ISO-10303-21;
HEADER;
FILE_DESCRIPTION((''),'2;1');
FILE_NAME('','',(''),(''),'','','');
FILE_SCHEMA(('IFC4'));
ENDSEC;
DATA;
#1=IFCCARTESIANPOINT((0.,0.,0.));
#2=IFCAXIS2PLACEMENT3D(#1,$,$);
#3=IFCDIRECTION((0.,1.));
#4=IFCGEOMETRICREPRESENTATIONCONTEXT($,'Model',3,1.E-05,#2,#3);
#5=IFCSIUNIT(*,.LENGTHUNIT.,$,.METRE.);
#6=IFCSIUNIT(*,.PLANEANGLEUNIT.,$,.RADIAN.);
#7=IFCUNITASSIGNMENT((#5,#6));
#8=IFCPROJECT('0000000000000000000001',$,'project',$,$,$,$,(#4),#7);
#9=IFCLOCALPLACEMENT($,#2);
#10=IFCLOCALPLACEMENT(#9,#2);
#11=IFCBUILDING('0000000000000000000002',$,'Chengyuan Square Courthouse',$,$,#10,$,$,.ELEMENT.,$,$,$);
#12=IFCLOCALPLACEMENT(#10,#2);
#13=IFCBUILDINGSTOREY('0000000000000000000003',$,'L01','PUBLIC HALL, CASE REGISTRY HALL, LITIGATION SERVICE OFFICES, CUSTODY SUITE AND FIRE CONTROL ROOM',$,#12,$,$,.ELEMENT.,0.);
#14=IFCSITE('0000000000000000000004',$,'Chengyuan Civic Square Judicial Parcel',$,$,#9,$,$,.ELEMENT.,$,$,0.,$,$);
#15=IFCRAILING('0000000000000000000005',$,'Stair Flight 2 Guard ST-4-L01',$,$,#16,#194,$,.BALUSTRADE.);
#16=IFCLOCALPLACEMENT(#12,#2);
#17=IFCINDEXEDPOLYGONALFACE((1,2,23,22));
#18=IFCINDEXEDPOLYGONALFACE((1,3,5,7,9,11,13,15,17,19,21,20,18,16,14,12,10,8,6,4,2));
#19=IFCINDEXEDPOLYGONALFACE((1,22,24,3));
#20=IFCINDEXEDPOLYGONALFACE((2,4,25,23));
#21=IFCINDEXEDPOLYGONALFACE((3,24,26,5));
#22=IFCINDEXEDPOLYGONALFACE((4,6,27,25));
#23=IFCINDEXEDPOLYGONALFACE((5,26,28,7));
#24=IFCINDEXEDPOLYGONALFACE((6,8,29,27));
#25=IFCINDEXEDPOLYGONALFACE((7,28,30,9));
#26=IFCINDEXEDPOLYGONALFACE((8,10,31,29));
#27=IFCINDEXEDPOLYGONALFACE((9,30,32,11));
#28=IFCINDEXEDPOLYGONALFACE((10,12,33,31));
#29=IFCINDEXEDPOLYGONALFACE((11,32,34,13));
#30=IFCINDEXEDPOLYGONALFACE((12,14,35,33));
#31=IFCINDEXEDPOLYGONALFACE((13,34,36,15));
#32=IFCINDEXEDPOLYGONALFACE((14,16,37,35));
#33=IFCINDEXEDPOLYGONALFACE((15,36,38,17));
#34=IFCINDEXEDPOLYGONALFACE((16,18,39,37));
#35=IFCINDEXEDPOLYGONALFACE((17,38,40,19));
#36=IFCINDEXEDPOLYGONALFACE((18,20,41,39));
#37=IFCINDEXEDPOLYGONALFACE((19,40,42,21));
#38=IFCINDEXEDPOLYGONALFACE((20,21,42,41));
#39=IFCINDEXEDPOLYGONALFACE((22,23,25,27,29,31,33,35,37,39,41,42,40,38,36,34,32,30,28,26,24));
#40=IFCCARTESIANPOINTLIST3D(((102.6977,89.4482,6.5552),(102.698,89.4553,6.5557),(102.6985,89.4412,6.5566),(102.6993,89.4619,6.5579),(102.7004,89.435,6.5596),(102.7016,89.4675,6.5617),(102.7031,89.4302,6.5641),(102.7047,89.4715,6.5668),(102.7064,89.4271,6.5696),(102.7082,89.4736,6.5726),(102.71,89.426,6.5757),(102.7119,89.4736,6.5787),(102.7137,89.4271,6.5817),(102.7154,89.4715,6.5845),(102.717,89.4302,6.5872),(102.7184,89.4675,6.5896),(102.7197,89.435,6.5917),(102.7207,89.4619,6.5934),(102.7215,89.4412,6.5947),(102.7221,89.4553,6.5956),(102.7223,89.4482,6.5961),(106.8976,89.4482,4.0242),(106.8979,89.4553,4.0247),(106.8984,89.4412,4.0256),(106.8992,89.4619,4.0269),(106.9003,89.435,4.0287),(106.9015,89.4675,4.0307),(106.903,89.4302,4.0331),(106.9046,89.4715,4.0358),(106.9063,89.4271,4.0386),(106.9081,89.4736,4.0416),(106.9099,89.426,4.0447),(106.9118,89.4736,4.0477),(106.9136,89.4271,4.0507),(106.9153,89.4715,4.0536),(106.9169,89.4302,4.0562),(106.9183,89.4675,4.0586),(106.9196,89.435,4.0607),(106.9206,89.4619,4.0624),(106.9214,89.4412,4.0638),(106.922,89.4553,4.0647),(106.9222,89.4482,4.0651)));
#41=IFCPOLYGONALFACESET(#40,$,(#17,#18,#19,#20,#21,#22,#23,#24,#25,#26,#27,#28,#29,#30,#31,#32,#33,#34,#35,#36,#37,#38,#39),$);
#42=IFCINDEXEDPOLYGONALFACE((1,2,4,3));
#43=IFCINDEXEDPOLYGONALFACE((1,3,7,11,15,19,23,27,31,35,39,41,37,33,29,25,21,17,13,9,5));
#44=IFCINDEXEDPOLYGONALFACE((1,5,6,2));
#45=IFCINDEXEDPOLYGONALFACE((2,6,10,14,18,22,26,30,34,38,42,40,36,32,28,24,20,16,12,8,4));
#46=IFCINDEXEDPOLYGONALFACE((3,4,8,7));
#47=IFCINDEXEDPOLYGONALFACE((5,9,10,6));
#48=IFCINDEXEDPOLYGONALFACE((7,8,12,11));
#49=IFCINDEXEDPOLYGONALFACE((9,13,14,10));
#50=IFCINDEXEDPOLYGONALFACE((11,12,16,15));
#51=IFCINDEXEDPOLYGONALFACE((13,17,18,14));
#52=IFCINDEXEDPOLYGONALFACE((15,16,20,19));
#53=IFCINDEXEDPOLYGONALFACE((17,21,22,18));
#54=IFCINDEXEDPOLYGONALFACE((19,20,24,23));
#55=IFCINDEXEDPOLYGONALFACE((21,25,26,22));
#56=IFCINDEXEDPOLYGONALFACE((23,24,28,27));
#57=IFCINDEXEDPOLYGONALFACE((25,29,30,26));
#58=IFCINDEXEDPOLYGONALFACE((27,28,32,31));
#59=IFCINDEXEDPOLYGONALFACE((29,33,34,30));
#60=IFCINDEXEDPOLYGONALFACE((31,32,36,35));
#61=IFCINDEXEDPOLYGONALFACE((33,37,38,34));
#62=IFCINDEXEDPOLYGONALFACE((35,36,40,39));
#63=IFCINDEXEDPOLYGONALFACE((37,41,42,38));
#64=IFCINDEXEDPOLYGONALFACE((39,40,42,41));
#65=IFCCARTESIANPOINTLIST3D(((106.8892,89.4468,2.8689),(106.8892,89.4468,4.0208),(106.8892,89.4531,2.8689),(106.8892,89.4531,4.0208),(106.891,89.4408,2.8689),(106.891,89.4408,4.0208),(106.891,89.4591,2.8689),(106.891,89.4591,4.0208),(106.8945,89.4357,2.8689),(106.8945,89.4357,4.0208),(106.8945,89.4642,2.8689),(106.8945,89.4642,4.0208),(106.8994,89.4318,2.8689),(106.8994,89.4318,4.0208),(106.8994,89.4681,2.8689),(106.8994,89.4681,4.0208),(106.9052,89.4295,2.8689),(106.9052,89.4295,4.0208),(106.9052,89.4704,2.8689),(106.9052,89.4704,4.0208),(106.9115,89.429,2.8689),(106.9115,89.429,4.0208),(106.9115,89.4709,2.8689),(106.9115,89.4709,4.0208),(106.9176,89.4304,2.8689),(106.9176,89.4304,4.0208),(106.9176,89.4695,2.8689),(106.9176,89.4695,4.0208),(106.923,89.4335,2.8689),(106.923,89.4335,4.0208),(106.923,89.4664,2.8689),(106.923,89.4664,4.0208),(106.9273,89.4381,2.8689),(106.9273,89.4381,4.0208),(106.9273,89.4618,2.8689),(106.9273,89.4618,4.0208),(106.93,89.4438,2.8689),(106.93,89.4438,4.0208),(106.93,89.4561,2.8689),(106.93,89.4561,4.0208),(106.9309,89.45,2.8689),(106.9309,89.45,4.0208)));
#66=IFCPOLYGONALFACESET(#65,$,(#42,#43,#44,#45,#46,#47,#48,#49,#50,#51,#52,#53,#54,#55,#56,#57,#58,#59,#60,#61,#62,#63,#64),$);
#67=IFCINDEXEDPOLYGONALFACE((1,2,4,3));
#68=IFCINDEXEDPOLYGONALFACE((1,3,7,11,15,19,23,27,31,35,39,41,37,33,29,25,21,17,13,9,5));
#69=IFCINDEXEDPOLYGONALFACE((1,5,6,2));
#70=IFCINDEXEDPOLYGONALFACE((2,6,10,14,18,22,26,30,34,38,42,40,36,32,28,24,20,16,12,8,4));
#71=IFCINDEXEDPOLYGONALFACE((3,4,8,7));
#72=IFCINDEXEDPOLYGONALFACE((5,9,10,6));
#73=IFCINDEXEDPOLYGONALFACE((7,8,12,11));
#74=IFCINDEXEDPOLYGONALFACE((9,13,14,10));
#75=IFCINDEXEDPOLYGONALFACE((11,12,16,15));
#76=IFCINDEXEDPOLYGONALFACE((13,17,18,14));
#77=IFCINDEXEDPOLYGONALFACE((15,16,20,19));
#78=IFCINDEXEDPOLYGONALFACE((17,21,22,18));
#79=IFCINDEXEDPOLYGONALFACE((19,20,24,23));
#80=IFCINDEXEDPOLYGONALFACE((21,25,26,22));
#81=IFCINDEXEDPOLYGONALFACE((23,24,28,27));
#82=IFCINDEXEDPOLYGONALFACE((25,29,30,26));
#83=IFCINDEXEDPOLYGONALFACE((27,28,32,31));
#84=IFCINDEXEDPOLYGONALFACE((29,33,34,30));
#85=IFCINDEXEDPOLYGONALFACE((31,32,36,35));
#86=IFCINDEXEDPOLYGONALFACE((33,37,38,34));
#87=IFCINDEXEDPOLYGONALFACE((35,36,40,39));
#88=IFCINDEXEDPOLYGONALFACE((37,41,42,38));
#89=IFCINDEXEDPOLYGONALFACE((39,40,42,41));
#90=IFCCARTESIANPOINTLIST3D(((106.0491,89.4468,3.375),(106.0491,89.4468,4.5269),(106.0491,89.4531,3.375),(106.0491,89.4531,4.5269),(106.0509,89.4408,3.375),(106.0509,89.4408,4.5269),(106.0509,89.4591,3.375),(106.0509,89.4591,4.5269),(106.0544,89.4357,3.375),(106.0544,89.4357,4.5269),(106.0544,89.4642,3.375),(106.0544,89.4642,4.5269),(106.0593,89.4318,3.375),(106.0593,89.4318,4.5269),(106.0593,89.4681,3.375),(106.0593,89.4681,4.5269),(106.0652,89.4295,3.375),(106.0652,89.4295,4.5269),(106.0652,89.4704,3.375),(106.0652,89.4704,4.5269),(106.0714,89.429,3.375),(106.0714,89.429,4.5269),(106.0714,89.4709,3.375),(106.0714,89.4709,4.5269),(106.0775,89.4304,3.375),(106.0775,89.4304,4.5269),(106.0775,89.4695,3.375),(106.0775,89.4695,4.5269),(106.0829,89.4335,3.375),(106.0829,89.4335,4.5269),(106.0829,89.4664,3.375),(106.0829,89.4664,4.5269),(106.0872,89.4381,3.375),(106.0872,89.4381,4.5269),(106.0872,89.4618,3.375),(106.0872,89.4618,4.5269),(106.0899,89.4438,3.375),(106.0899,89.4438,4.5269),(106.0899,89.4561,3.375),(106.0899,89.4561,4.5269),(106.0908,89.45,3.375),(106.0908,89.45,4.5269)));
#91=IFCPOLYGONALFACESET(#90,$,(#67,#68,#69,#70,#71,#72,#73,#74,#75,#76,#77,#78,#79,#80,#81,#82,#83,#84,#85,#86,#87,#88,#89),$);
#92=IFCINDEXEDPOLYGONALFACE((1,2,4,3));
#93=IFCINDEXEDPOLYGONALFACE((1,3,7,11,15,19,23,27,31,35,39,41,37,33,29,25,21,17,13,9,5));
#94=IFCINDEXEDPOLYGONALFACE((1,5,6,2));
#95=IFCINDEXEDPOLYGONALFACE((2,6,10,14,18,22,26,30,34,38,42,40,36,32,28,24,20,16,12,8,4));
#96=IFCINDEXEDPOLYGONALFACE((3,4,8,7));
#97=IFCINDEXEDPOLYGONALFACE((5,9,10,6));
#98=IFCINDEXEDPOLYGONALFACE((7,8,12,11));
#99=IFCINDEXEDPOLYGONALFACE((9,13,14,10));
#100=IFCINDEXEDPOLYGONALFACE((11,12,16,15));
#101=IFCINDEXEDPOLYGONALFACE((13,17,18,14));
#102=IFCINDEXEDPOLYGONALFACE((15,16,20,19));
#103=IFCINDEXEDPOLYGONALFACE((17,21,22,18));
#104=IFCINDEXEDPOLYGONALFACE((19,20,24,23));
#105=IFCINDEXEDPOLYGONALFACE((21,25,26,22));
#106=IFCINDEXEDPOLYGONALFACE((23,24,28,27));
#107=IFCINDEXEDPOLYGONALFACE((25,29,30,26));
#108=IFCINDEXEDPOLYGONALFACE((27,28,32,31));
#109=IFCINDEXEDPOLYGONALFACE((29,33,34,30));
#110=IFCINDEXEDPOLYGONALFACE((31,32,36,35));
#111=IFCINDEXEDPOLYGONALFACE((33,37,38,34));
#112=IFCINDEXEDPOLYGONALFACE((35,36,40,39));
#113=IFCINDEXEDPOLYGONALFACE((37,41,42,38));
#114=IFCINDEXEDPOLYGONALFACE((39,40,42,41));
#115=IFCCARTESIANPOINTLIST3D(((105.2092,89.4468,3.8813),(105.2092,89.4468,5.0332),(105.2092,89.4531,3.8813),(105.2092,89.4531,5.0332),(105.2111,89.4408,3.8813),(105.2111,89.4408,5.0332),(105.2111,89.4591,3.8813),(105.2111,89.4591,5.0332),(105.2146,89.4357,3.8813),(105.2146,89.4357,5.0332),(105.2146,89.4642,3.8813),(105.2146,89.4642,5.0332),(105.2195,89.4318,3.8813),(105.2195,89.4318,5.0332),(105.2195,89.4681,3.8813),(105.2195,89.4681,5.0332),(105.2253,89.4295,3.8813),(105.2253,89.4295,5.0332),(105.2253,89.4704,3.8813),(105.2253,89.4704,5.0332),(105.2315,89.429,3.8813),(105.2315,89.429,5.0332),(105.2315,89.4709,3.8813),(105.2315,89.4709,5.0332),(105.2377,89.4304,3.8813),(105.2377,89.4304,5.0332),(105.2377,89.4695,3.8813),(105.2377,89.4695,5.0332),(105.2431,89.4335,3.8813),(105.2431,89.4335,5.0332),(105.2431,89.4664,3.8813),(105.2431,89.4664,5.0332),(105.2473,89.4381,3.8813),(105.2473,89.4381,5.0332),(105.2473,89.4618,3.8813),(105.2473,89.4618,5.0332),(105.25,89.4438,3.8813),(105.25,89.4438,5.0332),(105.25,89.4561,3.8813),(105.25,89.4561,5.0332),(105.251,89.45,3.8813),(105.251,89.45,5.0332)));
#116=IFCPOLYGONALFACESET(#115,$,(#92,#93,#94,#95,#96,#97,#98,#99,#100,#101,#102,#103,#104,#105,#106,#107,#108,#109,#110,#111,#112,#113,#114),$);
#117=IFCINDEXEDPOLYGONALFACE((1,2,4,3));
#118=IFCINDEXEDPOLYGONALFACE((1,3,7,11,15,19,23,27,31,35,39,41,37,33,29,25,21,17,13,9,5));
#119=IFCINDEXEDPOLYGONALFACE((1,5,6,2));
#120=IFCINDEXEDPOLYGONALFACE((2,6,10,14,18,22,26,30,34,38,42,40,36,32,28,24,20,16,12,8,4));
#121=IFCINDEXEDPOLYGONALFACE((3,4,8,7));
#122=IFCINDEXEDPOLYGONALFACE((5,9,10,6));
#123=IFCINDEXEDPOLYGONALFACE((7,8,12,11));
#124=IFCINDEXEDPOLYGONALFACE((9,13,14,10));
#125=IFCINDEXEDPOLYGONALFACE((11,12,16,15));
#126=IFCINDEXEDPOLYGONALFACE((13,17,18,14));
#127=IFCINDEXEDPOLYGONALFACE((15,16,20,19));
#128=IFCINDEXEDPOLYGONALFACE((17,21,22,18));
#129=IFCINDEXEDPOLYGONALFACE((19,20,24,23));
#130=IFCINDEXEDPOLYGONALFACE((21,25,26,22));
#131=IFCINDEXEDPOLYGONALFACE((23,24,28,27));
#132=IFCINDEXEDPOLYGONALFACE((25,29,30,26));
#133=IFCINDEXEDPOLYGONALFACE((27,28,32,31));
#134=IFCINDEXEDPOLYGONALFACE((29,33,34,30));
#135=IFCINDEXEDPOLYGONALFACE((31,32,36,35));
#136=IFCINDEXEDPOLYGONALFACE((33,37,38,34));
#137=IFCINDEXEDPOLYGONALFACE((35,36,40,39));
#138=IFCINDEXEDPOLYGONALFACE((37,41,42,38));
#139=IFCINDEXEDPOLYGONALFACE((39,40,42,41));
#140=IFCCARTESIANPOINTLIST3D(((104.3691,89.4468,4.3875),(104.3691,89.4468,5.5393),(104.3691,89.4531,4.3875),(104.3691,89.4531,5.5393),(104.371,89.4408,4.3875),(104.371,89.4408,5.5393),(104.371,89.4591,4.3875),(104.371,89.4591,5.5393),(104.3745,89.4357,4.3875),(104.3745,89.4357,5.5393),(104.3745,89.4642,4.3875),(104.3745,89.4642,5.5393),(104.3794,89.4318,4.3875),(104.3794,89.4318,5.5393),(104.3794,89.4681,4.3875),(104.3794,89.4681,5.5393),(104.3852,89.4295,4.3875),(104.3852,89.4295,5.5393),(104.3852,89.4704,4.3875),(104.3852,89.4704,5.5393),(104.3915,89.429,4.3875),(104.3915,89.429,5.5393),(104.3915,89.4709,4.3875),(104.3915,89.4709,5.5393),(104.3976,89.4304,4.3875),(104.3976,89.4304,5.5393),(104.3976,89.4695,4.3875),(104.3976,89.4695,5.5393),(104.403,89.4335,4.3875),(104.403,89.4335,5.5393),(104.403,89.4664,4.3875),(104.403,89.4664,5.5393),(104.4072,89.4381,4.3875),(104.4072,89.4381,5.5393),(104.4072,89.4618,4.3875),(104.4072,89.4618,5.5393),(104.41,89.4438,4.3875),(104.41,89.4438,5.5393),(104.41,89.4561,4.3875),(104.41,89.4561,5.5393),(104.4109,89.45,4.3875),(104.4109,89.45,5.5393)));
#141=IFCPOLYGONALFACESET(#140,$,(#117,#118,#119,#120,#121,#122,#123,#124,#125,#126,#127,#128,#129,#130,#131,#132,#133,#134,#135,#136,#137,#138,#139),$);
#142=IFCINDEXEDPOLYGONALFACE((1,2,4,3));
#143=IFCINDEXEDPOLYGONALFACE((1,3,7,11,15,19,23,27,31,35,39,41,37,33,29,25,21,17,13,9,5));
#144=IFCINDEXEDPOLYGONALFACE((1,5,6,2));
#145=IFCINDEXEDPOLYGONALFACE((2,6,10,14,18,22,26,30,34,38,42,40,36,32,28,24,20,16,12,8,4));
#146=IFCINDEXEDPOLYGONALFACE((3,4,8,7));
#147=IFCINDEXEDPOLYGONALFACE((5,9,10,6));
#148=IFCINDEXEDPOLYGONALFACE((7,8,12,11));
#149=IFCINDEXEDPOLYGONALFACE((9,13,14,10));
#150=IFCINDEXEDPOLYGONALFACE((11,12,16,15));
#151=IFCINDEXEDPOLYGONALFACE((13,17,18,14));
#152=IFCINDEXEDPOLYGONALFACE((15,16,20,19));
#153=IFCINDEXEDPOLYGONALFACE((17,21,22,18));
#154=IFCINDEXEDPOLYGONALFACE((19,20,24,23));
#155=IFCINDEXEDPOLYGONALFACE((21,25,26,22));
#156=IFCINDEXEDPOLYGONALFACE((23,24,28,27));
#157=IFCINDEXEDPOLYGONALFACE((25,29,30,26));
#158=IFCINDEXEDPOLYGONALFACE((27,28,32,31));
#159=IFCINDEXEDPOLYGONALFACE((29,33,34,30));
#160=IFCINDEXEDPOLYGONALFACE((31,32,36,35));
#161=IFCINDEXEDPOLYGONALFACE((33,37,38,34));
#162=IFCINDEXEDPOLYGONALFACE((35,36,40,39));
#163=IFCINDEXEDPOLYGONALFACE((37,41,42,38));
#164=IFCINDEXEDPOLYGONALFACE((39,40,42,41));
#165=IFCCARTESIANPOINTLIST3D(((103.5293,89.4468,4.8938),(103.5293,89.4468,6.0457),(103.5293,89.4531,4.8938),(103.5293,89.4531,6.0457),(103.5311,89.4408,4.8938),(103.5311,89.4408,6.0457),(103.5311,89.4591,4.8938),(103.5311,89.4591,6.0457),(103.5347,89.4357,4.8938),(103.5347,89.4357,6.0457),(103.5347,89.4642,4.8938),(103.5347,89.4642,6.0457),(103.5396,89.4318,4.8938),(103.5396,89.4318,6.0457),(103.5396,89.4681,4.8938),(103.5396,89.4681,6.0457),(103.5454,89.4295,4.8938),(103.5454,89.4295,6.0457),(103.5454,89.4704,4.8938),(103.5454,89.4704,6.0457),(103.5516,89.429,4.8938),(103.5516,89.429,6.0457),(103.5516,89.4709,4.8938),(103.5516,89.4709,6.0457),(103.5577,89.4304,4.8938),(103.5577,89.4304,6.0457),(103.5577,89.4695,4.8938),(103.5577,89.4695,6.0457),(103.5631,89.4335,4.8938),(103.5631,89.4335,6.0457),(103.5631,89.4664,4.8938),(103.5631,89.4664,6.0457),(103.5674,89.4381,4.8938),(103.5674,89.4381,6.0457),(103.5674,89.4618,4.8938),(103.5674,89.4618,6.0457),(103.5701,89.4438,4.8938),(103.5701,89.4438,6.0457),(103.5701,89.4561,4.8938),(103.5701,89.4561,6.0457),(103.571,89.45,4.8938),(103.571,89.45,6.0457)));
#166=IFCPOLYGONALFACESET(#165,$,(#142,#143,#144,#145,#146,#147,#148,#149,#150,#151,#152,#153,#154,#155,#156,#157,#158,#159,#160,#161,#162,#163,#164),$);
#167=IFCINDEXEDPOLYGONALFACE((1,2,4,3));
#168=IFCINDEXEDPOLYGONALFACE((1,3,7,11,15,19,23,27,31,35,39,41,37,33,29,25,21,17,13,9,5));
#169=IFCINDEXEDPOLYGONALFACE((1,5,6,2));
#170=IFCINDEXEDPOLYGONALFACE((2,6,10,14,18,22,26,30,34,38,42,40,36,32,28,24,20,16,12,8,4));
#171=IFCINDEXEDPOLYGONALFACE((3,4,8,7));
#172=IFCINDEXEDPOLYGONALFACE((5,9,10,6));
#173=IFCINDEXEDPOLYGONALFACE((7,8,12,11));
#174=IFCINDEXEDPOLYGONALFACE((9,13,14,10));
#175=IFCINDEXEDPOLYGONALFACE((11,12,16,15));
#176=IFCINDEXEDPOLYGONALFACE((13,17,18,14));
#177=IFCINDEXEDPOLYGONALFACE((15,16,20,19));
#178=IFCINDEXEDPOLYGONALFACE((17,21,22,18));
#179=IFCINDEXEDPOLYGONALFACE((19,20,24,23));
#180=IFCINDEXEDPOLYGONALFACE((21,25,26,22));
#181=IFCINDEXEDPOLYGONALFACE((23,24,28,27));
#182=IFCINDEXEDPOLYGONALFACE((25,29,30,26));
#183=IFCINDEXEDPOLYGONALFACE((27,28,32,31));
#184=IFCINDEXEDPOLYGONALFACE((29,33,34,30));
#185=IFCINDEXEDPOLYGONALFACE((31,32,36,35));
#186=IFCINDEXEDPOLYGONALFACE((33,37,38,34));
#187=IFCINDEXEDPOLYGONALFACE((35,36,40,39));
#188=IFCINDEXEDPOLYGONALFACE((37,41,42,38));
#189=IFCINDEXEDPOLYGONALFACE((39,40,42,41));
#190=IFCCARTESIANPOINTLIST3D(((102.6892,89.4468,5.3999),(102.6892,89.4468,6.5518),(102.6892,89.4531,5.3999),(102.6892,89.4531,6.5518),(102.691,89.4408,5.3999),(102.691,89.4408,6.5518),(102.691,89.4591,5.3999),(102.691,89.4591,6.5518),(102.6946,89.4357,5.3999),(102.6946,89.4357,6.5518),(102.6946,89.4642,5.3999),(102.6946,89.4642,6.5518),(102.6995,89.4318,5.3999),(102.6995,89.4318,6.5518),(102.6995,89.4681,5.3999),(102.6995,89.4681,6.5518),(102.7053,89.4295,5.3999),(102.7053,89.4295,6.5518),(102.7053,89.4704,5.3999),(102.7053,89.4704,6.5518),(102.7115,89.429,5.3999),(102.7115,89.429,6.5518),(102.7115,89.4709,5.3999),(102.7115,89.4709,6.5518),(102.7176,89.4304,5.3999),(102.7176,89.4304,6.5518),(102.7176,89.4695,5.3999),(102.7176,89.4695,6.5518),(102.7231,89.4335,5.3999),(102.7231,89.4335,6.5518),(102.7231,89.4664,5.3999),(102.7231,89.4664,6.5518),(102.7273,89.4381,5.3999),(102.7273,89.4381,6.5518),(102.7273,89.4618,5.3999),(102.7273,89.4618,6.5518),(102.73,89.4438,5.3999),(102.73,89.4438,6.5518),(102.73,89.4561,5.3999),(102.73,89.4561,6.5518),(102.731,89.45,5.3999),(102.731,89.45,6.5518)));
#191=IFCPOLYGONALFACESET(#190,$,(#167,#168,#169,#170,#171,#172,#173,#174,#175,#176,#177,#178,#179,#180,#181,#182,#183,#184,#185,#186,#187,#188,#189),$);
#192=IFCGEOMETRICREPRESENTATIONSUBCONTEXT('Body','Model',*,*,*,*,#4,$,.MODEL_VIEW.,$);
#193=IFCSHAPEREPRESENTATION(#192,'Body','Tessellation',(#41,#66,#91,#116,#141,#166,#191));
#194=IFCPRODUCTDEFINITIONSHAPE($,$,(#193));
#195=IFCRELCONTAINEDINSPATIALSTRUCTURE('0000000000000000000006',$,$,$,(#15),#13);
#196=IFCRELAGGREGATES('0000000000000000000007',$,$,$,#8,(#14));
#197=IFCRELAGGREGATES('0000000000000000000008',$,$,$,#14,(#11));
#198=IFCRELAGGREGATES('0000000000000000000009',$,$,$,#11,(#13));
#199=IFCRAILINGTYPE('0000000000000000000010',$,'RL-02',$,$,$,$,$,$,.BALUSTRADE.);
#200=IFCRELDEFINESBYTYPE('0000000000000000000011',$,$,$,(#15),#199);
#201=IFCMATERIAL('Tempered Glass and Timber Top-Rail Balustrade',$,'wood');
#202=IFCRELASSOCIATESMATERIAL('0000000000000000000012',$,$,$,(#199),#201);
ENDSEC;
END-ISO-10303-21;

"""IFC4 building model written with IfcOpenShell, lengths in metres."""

from ifc_helpers import new_model, si_unit, direction, frame, origin, origin_2d, place, context, subcontext, project, spatial, circle, extrude, material, type_object, element, save


model = new_model("IFC4")

# Units and contexts
model_context = context("Model", 3, precision=1e-05, world=origin(), true_north=direction((0.0, 1.0)))
body_context = subcontext(model_context, "Body", "Model", "MODEL_VIEW")
ifc_project = project(units=[si_unit("LENGTHUNIT", "METRE"), si_unit("PLANEANGLEUNIT", "RADIAN")], contexts=[model_context])

# Site, building, storey
site_placement = place(None, origin())
site = spatial("IfcSite", under=ifc_project, at=site_placement, Name="Chengyuan Civic Square Judicial Parcel", CompositionType="ELEMENT", RefElevation=0.0)
building_placement = place(site_placement, origin())
building = spatial("IfcBuilding", under=site, at=building_placement, Name="Chengyuan Square Courthouse", CompositionType="ELEMENT")
storey_placement = place(building_placement, origin())
storey = spatial("IfcBuildingStorey", under=building, at=storey_placement, Name="L01", Description="PUBLIC HALL, CASE REGISTRY HALL, LITIGATION SERVICE OFFICES, CUSTODY SUITE AND FIRE CONTROL ROOM", CompositionType="ELEMENT", Elevation=0.0)

# Railing
ifc_material_1 = material(Name="Tempered Glass and Timber Top-Rail Balustrade", Category="wood")
railing_type_1 = type_object("IfcRailingType", Name="RL-02", PredefinedType="BALUSTRADE", material=ifc_material_1)
railing_1_placement = place(storey_placement, frame((106.9099, 89.45, 2.8689)))
element("IfcRailing", 1, at=railing_1_placement, inside=storey, type_object=railing_type_1, Name="Stair Flight 2 Guard ST-4-L01", PredefinedType="BALUSTRADE", context=body_context, shape_type="SweptSolid", body=[
    extrude(circle(Radius=0.0239, at=origin_2d()), frame((0.0, 0.0, 1.1758), z_axis=(-0.856499, 0.0, 0.51615), x_axis=(0.0, -1.0, 0.0)), (0.0, 0.0, 1.0), 4.9036),
    extrude(circle(Radius=0.021, at=origin_2d()), origin(), (0.0, 0.0, 1.0), 1.1519),
    extrude(circle(Radius=0.021, at=origin_2d()), frame((-0.8401, 0.0, 0.5061)), (0.0, 0.0, 1.0), 1.1519),
    extrude(circle(Radius=0.021, at=origin_2d()), frame((-1.6799, 0.0, 1.0125)), (0.0, 0.0, 1.0), 1.1519),
    extrude(circle(Radius=0.021, at=origin_2d()), frame((-2.52, 0.0, 1.5186)), (0.0, 0.0, 1.0), 1.1519),
    extrude(circle(Radius=0.021, at=origin_2d()), frame((-3.3599, 0.0, 2.0249)), (0.0, 0.0, 1.0), 1.1519),
    extrude(circle(Radius=0.021, at=origin_2d()), frame((-4.2, 0.0, 2.531)), (0.0, 0.0, 1.0), 1.1519),
])

save(model, "model.ifc")
